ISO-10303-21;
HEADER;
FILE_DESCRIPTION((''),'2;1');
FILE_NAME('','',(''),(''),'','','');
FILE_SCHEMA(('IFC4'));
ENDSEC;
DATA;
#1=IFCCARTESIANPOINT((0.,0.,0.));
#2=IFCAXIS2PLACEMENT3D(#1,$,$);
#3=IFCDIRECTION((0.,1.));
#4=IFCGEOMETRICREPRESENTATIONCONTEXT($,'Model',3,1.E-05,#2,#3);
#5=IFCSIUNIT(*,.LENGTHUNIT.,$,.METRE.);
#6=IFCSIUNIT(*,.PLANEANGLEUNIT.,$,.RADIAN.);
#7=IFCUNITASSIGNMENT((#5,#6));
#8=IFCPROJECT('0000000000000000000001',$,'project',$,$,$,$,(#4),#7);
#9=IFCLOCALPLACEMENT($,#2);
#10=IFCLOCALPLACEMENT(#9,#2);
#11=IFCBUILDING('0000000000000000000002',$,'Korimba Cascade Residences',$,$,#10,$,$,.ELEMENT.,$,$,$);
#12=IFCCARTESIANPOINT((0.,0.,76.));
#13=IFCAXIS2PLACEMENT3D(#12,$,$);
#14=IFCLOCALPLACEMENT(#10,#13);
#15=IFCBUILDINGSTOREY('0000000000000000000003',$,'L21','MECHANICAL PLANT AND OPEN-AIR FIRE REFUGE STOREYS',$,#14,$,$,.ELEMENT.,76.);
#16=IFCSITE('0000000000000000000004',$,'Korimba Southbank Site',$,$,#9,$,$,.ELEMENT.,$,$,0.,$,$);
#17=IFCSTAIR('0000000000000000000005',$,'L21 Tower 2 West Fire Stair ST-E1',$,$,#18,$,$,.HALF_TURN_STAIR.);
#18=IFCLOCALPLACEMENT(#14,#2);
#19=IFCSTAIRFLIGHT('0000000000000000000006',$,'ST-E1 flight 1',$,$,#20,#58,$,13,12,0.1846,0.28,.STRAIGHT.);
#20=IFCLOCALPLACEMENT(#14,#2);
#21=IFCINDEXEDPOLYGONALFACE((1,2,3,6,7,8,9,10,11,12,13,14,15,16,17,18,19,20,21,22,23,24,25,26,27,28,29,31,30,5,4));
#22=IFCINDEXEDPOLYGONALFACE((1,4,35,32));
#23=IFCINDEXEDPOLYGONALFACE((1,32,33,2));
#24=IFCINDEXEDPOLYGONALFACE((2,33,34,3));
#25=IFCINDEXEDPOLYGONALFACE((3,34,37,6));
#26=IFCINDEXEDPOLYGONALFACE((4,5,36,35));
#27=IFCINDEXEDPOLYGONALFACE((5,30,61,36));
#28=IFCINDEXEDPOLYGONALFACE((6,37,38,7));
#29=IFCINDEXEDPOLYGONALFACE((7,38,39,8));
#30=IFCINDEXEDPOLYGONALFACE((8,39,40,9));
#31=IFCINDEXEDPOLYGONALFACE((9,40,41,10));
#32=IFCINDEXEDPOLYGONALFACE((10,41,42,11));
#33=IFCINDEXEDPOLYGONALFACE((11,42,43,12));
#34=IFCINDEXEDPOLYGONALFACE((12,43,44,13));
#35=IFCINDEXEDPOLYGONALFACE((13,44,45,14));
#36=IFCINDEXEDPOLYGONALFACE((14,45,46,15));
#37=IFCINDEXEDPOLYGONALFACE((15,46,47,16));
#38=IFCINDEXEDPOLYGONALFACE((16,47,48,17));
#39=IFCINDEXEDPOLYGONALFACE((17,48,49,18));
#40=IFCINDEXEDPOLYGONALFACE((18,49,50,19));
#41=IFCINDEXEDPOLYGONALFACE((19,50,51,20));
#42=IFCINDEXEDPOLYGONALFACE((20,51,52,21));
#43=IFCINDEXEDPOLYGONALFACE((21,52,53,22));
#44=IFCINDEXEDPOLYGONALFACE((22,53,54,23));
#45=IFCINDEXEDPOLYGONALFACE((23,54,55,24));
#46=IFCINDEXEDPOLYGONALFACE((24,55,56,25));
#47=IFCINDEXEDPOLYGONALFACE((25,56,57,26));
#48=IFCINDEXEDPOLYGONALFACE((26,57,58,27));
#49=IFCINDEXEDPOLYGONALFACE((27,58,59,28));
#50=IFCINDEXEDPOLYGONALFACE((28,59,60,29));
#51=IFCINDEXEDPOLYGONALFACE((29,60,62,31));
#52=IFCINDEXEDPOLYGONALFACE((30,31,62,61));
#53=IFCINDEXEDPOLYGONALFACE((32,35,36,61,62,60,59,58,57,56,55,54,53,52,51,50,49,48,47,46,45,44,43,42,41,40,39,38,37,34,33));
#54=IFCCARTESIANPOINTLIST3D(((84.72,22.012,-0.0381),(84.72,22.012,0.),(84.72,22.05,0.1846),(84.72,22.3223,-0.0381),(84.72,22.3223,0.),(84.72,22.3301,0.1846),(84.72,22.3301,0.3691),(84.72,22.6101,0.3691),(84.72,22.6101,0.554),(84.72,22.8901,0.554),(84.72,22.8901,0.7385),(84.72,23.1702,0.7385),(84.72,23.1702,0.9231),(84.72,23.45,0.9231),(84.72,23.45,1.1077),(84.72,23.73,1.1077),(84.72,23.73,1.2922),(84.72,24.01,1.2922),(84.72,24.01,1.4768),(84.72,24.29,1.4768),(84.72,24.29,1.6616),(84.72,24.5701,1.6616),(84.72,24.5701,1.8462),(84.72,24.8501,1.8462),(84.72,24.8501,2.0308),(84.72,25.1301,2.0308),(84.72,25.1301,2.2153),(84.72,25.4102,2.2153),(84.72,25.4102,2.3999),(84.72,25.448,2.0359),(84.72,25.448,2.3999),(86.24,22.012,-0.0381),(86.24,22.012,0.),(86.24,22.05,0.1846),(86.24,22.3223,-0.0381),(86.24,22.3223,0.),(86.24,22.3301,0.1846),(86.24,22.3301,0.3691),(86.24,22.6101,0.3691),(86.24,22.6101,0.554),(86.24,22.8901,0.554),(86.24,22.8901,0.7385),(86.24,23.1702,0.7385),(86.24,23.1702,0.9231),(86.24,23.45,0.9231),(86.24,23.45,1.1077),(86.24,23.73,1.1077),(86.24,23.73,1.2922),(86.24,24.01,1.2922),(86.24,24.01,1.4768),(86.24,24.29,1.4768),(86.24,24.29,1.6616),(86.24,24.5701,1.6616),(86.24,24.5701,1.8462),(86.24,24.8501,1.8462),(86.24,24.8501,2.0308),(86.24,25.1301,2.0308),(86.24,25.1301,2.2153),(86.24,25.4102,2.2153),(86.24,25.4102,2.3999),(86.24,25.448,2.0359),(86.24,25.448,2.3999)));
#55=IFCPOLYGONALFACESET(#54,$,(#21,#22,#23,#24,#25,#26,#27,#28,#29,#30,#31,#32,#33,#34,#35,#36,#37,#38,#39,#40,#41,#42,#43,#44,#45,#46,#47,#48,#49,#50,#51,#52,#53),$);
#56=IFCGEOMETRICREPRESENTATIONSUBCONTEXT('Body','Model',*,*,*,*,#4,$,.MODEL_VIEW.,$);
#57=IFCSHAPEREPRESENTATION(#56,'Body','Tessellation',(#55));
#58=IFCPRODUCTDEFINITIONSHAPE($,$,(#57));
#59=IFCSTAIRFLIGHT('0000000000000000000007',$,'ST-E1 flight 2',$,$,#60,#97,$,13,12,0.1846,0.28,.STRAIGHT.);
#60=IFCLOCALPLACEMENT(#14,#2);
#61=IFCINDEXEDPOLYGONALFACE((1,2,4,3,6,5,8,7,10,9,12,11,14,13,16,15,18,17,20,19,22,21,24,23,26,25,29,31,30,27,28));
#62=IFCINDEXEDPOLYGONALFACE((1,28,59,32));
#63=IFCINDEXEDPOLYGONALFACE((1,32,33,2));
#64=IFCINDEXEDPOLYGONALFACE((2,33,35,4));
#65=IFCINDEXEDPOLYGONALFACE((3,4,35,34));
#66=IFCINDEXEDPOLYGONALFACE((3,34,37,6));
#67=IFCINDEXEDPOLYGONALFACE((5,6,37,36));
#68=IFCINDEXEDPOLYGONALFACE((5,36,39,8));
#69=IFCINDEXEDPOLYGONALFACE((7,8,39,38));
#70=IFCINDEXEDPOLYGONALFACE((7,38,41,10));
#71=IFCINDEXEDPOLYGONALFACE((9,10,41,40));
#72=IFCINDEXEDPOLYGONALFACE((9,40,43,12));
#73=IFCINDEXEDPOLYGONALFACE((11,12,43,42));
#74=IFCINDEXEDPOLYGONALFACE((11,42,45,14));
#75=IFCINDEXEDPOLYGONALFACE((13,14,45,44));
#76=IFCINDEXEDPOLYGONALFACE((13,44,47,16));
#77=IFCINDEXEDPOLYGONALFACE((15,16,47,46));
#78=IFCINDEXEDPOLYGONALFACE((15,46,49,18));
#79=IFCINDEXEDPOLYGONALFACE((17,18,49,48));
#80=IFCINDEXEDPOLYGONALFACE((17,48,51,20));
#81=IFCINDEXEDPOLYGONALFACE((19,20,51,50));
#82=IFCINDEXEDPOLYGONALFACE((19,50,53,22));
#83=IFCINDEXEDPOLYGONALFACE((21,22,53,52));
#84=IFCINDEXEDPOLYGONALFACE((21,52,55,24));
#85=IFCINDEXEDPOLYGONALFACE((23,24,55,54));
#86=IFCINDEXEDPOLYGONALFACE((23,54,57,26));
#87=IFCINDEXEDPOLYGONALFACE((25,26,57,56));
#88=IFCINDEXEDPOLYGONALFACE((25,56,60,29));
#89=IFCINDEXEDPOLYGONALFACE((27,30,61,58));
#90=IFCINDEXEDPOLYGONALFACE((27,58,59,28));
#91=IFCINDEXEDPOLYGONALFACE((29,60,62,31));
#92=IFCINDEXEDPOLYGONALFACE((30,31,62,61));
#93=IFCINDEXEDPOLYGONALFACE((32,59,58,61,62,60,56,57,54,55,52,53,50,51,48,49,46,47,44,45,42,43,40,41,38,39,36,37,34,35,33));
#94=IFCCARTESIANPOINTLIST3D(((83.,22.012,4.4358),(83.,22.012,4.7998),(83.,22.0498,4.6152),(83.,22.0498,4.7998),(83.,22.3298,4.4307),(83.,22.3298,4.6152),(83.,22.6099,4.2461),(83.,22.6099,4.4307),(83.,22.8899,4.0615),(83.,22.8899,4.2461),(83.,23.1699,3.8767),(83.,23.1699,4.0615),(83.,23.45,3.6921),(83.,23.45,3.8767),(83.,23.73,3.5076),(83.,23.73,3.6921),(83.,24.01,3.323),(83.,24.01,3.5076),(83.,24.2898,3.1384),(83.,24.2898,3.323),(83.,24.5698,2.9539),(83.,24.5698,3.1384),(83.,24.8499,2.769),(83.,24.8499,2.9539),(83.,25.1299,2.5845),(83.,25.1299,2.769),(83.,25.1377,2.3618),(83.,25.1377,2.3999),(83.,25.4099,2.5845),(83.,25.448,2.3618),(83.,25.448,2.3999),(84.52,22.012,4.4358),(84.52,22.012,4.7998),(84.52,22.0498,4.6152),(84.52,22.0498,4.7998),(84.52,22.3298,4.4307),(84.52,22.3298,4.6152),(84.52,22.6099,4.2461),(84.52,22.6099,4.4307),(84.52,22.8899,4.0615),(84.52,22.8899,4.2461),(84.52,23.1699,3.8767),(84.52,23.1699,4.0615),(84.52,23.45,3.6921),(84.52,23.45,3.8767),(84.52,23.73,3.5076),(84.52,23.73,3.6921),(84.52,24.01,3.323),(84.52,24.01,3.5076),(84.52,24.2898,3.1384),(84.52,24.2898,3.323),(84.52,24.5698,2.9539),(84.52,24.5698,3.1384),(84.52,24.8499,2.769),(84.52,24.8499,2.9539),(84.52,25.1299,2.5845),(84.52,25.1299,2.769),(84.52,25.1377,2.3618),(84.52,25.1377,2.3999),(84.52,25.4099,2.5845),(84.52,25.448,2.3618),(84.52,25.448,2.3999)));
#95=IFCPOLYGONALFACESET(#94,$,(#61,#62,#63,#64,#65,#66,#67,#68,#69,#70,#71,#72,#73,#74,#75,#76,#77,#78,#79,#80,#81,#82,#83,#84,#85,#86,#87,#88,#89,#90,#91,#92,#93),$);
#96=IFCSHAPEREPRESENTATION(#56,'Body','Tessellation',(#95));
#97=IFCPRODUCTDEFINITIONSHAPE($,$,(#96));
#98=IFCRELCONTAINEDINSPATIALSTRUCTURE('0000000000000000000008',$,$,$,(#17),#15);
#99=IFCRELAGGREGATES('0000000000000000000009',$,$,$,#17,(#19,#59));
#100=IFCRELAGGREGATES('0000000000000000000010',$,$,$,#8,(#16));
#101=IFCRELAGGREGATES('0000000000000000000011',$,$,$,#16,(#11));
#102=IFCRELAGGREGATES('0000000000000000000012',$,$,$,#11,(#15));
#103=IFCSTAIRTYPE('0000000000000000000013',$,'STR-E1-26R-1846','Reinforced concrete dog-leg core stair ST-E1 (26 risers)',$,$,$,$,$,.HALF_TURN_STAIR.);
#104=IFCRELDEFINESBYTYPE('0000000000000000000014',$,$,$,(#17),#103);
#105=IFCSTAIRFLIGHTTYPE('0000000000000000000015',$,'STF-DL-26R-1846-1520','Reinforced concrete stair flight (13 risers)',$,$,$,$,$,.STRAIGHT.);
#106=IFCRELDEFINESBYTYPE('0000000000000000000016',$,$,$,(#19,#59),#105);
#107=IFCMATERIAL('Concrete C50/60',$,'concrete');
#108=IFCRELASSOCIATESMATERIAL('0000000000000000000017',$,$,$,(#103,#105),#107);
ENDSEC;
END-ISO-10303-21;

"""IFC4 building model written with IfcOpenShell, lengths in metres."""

from ifc_helpers import new_model, si_unit, direction, frame, origin, place, context, subcontext, project, spatial, polyline, outline, extrude, material, type_object, element, aggregate, save


model = new_model("IFC4")

# Units and contexts
model_context = context("Model", 3, precision=1e-05, world=origin(), true_north=direction((0.0, 1.0)))
body_context = subcontext(model_context, "Body", "Model", "MODEL_VIEW")
ifc_project = project(units=[si_unit("LENGTHUNIT", "METRE"), si_unit("PLANEANGLEUNIT", "RADIAN")], contexts=[model_context])

# Site, building, storey
site_placement = place(None, origin())
site = spatial("IfcSite", under=ifc_project, at=site_placement, Name="Korimba Southbank Site", CompositionType="ELEMENT", RefElevation=0.0)
building_placement = place(site_placement, origin())
building = spatial("IfcBuilding", under=site, at=building_placement, Name="Korimba Cascade Residences", CompositionType="ELEMENT")
storey_placement = place(building_placement, frame((0.0, 0.0, 76.0)))
storey = spatial("IfcBuildingStorey", under=building, at=storey_placement, Name="L21", Description="MECHANICAL PLANT AND OPEN-AIR FIRE REFUGE STOREYS", CompositionType="ELEMENT", Elevation=76.0)

# Shared definitions
ifc_material_1 = material(Name="Concrete C50/60", Category="concrete")

# Stair, stair flights
stair_type = type_object("IfcStairType", Name="STR-E1-26R-1846", Description="Reinforced concrete dog-leg core stair ST-E1 (26 risers)", PredefinedType="HALF_TURN_STAIR", material=ifc_material_1)
stair_placement = place(storey_placement, origin())
stair = element("IfcStair", 1, at=stair_placement, inside=storey, type_object=stair_type, Name="L21 Tower 2 West Fire Stair ST-E1", PredefinedType="HALF_TURN_STAIR")
stair_flight_type = type_object("IfcStairFlightType", Name="STF-DL-26R-1846-1520", Description="Reinforced concrete stair flight (13 risers)", PredefinedType="STRAIGHT", material=ifc_material_1)
stair_flight_1_placement = place(storey_placement, frame((85.48, 22.05, 0.0), z_axis=(0.0, 0.0, 1.0), x_axis=(0.0, 1.0, 0.0)))
stair_flight_1 = element("IfcStairFlight", 2, at=stair_flight_1_placement, type_object=stair_flight_type, Name="ST-E1 flight 1", NumberOfRisers=13, NumberOfTreads=12, PredefinedType="STRAIGHT", RiserHeight=0.1846, TreadLength=0.28, context=body_context, shape_type="SweptSolid", body=[
    extrude(outline(polyline([(-0.0381, 0.0), (0.0, 0.1846), (0.28, 0.1846), (0.28, 0.3691), (0.5601, 0.3691), (0.5601, 0.554), (0.8401, 0.554), (0.8401, 0.7385), (1.1201, 0.7385), (1.1201, 0.9231), (1.3999, 0.9231), (1.3999, 1.1077), (1.6799, 1.1077), (1.6799, 1.2922), (1.96, 1.2922), (1.96, 1.4768), (2.24, 1.4768), (2.24, 1.6616), (2.52, 1.6616), (2.52, 1.8462), (2.8, 1.8462), (2.8, 2.0308), (3.0801, 2.0308), (3.0801, 2.2153), (3.3601, 2.2153), (3.3601, 2.3999), (3.3979, 2.3999), (3.3979, 2.0359), (0.2722, 0.0), (0.2722, -0.0381), (-0.0381, -0.0381), (-0.0381, 0.0)])), frame((0.0, 0.76, 0.0), z_axis=(0.0, -1.0, 0.0), x_axis=(1.0, 0.0, 0.0)), (0.0, 0.0, 1.0), 1.52),
])
stair_flight_2_placement = place(storey_placement, frame((83.76, 25.4099, 2.3999), z_axis=(0.0, 0.0, 1.0), x_axis=(0.0, -1.0, 0.0)))
stair_flight_2 = element("IfcStairFlight", 3, at=stair_flight_2_placement, type_object=stair_flight_type, Name="ST-E1 flight 2", NumberOfRisers=13, NumberOfTreads=12, PredefinedType="STRAIGHT", RiserHeight=0.1846, TreadLength=0.28, context=body_context, shape_type="SweptSolid", body=[
    extrude(outline(polyline([(-0.0381, 0.0), (0.0, 0.1846), (0.28, 0.1846), (0.28, 0.3691), (0.5601, 0.3691), (0.5601, 0.554), (0.8401, 0.554), (0.8401, 0.7385), (1.1201, 0.7385), (1.1201, 0.9231), (1.3999, 0.9231), (1.3999, 1.1077), (1.6799, 1.1077), (1.6799, 1.2922), (1.96, 1.2922), (1.96, 1.4768), (2.24, 1.4768), (2.24, 1.6616), (2.52, 1.6616), (2.52, 1.8462), (2.8, 1.8462), (2.8, 2.0308), (3.0801, 2.0308), (3.0801, 2.2153), (3.3601, 2.2153), (3.3601, 2.3999), (3.3979, 2.3999), (3.3979, 2.0359), (0.2722, 0.0), (0.2722, -0.0381), (-0.0381, -0.0381), (-0.0381, 0.0)])), frame((0.0, 0.76, 0.0), z_axis=(0.0, -1.0, 0.0), x_axis=(1.0, 0.0, 0.0)), (0.0, 0.0, 1.0), 1.52),
])
aggregate(stair, [stair_flight_1, stair_flight_2])

save(model, "model.ifc")
